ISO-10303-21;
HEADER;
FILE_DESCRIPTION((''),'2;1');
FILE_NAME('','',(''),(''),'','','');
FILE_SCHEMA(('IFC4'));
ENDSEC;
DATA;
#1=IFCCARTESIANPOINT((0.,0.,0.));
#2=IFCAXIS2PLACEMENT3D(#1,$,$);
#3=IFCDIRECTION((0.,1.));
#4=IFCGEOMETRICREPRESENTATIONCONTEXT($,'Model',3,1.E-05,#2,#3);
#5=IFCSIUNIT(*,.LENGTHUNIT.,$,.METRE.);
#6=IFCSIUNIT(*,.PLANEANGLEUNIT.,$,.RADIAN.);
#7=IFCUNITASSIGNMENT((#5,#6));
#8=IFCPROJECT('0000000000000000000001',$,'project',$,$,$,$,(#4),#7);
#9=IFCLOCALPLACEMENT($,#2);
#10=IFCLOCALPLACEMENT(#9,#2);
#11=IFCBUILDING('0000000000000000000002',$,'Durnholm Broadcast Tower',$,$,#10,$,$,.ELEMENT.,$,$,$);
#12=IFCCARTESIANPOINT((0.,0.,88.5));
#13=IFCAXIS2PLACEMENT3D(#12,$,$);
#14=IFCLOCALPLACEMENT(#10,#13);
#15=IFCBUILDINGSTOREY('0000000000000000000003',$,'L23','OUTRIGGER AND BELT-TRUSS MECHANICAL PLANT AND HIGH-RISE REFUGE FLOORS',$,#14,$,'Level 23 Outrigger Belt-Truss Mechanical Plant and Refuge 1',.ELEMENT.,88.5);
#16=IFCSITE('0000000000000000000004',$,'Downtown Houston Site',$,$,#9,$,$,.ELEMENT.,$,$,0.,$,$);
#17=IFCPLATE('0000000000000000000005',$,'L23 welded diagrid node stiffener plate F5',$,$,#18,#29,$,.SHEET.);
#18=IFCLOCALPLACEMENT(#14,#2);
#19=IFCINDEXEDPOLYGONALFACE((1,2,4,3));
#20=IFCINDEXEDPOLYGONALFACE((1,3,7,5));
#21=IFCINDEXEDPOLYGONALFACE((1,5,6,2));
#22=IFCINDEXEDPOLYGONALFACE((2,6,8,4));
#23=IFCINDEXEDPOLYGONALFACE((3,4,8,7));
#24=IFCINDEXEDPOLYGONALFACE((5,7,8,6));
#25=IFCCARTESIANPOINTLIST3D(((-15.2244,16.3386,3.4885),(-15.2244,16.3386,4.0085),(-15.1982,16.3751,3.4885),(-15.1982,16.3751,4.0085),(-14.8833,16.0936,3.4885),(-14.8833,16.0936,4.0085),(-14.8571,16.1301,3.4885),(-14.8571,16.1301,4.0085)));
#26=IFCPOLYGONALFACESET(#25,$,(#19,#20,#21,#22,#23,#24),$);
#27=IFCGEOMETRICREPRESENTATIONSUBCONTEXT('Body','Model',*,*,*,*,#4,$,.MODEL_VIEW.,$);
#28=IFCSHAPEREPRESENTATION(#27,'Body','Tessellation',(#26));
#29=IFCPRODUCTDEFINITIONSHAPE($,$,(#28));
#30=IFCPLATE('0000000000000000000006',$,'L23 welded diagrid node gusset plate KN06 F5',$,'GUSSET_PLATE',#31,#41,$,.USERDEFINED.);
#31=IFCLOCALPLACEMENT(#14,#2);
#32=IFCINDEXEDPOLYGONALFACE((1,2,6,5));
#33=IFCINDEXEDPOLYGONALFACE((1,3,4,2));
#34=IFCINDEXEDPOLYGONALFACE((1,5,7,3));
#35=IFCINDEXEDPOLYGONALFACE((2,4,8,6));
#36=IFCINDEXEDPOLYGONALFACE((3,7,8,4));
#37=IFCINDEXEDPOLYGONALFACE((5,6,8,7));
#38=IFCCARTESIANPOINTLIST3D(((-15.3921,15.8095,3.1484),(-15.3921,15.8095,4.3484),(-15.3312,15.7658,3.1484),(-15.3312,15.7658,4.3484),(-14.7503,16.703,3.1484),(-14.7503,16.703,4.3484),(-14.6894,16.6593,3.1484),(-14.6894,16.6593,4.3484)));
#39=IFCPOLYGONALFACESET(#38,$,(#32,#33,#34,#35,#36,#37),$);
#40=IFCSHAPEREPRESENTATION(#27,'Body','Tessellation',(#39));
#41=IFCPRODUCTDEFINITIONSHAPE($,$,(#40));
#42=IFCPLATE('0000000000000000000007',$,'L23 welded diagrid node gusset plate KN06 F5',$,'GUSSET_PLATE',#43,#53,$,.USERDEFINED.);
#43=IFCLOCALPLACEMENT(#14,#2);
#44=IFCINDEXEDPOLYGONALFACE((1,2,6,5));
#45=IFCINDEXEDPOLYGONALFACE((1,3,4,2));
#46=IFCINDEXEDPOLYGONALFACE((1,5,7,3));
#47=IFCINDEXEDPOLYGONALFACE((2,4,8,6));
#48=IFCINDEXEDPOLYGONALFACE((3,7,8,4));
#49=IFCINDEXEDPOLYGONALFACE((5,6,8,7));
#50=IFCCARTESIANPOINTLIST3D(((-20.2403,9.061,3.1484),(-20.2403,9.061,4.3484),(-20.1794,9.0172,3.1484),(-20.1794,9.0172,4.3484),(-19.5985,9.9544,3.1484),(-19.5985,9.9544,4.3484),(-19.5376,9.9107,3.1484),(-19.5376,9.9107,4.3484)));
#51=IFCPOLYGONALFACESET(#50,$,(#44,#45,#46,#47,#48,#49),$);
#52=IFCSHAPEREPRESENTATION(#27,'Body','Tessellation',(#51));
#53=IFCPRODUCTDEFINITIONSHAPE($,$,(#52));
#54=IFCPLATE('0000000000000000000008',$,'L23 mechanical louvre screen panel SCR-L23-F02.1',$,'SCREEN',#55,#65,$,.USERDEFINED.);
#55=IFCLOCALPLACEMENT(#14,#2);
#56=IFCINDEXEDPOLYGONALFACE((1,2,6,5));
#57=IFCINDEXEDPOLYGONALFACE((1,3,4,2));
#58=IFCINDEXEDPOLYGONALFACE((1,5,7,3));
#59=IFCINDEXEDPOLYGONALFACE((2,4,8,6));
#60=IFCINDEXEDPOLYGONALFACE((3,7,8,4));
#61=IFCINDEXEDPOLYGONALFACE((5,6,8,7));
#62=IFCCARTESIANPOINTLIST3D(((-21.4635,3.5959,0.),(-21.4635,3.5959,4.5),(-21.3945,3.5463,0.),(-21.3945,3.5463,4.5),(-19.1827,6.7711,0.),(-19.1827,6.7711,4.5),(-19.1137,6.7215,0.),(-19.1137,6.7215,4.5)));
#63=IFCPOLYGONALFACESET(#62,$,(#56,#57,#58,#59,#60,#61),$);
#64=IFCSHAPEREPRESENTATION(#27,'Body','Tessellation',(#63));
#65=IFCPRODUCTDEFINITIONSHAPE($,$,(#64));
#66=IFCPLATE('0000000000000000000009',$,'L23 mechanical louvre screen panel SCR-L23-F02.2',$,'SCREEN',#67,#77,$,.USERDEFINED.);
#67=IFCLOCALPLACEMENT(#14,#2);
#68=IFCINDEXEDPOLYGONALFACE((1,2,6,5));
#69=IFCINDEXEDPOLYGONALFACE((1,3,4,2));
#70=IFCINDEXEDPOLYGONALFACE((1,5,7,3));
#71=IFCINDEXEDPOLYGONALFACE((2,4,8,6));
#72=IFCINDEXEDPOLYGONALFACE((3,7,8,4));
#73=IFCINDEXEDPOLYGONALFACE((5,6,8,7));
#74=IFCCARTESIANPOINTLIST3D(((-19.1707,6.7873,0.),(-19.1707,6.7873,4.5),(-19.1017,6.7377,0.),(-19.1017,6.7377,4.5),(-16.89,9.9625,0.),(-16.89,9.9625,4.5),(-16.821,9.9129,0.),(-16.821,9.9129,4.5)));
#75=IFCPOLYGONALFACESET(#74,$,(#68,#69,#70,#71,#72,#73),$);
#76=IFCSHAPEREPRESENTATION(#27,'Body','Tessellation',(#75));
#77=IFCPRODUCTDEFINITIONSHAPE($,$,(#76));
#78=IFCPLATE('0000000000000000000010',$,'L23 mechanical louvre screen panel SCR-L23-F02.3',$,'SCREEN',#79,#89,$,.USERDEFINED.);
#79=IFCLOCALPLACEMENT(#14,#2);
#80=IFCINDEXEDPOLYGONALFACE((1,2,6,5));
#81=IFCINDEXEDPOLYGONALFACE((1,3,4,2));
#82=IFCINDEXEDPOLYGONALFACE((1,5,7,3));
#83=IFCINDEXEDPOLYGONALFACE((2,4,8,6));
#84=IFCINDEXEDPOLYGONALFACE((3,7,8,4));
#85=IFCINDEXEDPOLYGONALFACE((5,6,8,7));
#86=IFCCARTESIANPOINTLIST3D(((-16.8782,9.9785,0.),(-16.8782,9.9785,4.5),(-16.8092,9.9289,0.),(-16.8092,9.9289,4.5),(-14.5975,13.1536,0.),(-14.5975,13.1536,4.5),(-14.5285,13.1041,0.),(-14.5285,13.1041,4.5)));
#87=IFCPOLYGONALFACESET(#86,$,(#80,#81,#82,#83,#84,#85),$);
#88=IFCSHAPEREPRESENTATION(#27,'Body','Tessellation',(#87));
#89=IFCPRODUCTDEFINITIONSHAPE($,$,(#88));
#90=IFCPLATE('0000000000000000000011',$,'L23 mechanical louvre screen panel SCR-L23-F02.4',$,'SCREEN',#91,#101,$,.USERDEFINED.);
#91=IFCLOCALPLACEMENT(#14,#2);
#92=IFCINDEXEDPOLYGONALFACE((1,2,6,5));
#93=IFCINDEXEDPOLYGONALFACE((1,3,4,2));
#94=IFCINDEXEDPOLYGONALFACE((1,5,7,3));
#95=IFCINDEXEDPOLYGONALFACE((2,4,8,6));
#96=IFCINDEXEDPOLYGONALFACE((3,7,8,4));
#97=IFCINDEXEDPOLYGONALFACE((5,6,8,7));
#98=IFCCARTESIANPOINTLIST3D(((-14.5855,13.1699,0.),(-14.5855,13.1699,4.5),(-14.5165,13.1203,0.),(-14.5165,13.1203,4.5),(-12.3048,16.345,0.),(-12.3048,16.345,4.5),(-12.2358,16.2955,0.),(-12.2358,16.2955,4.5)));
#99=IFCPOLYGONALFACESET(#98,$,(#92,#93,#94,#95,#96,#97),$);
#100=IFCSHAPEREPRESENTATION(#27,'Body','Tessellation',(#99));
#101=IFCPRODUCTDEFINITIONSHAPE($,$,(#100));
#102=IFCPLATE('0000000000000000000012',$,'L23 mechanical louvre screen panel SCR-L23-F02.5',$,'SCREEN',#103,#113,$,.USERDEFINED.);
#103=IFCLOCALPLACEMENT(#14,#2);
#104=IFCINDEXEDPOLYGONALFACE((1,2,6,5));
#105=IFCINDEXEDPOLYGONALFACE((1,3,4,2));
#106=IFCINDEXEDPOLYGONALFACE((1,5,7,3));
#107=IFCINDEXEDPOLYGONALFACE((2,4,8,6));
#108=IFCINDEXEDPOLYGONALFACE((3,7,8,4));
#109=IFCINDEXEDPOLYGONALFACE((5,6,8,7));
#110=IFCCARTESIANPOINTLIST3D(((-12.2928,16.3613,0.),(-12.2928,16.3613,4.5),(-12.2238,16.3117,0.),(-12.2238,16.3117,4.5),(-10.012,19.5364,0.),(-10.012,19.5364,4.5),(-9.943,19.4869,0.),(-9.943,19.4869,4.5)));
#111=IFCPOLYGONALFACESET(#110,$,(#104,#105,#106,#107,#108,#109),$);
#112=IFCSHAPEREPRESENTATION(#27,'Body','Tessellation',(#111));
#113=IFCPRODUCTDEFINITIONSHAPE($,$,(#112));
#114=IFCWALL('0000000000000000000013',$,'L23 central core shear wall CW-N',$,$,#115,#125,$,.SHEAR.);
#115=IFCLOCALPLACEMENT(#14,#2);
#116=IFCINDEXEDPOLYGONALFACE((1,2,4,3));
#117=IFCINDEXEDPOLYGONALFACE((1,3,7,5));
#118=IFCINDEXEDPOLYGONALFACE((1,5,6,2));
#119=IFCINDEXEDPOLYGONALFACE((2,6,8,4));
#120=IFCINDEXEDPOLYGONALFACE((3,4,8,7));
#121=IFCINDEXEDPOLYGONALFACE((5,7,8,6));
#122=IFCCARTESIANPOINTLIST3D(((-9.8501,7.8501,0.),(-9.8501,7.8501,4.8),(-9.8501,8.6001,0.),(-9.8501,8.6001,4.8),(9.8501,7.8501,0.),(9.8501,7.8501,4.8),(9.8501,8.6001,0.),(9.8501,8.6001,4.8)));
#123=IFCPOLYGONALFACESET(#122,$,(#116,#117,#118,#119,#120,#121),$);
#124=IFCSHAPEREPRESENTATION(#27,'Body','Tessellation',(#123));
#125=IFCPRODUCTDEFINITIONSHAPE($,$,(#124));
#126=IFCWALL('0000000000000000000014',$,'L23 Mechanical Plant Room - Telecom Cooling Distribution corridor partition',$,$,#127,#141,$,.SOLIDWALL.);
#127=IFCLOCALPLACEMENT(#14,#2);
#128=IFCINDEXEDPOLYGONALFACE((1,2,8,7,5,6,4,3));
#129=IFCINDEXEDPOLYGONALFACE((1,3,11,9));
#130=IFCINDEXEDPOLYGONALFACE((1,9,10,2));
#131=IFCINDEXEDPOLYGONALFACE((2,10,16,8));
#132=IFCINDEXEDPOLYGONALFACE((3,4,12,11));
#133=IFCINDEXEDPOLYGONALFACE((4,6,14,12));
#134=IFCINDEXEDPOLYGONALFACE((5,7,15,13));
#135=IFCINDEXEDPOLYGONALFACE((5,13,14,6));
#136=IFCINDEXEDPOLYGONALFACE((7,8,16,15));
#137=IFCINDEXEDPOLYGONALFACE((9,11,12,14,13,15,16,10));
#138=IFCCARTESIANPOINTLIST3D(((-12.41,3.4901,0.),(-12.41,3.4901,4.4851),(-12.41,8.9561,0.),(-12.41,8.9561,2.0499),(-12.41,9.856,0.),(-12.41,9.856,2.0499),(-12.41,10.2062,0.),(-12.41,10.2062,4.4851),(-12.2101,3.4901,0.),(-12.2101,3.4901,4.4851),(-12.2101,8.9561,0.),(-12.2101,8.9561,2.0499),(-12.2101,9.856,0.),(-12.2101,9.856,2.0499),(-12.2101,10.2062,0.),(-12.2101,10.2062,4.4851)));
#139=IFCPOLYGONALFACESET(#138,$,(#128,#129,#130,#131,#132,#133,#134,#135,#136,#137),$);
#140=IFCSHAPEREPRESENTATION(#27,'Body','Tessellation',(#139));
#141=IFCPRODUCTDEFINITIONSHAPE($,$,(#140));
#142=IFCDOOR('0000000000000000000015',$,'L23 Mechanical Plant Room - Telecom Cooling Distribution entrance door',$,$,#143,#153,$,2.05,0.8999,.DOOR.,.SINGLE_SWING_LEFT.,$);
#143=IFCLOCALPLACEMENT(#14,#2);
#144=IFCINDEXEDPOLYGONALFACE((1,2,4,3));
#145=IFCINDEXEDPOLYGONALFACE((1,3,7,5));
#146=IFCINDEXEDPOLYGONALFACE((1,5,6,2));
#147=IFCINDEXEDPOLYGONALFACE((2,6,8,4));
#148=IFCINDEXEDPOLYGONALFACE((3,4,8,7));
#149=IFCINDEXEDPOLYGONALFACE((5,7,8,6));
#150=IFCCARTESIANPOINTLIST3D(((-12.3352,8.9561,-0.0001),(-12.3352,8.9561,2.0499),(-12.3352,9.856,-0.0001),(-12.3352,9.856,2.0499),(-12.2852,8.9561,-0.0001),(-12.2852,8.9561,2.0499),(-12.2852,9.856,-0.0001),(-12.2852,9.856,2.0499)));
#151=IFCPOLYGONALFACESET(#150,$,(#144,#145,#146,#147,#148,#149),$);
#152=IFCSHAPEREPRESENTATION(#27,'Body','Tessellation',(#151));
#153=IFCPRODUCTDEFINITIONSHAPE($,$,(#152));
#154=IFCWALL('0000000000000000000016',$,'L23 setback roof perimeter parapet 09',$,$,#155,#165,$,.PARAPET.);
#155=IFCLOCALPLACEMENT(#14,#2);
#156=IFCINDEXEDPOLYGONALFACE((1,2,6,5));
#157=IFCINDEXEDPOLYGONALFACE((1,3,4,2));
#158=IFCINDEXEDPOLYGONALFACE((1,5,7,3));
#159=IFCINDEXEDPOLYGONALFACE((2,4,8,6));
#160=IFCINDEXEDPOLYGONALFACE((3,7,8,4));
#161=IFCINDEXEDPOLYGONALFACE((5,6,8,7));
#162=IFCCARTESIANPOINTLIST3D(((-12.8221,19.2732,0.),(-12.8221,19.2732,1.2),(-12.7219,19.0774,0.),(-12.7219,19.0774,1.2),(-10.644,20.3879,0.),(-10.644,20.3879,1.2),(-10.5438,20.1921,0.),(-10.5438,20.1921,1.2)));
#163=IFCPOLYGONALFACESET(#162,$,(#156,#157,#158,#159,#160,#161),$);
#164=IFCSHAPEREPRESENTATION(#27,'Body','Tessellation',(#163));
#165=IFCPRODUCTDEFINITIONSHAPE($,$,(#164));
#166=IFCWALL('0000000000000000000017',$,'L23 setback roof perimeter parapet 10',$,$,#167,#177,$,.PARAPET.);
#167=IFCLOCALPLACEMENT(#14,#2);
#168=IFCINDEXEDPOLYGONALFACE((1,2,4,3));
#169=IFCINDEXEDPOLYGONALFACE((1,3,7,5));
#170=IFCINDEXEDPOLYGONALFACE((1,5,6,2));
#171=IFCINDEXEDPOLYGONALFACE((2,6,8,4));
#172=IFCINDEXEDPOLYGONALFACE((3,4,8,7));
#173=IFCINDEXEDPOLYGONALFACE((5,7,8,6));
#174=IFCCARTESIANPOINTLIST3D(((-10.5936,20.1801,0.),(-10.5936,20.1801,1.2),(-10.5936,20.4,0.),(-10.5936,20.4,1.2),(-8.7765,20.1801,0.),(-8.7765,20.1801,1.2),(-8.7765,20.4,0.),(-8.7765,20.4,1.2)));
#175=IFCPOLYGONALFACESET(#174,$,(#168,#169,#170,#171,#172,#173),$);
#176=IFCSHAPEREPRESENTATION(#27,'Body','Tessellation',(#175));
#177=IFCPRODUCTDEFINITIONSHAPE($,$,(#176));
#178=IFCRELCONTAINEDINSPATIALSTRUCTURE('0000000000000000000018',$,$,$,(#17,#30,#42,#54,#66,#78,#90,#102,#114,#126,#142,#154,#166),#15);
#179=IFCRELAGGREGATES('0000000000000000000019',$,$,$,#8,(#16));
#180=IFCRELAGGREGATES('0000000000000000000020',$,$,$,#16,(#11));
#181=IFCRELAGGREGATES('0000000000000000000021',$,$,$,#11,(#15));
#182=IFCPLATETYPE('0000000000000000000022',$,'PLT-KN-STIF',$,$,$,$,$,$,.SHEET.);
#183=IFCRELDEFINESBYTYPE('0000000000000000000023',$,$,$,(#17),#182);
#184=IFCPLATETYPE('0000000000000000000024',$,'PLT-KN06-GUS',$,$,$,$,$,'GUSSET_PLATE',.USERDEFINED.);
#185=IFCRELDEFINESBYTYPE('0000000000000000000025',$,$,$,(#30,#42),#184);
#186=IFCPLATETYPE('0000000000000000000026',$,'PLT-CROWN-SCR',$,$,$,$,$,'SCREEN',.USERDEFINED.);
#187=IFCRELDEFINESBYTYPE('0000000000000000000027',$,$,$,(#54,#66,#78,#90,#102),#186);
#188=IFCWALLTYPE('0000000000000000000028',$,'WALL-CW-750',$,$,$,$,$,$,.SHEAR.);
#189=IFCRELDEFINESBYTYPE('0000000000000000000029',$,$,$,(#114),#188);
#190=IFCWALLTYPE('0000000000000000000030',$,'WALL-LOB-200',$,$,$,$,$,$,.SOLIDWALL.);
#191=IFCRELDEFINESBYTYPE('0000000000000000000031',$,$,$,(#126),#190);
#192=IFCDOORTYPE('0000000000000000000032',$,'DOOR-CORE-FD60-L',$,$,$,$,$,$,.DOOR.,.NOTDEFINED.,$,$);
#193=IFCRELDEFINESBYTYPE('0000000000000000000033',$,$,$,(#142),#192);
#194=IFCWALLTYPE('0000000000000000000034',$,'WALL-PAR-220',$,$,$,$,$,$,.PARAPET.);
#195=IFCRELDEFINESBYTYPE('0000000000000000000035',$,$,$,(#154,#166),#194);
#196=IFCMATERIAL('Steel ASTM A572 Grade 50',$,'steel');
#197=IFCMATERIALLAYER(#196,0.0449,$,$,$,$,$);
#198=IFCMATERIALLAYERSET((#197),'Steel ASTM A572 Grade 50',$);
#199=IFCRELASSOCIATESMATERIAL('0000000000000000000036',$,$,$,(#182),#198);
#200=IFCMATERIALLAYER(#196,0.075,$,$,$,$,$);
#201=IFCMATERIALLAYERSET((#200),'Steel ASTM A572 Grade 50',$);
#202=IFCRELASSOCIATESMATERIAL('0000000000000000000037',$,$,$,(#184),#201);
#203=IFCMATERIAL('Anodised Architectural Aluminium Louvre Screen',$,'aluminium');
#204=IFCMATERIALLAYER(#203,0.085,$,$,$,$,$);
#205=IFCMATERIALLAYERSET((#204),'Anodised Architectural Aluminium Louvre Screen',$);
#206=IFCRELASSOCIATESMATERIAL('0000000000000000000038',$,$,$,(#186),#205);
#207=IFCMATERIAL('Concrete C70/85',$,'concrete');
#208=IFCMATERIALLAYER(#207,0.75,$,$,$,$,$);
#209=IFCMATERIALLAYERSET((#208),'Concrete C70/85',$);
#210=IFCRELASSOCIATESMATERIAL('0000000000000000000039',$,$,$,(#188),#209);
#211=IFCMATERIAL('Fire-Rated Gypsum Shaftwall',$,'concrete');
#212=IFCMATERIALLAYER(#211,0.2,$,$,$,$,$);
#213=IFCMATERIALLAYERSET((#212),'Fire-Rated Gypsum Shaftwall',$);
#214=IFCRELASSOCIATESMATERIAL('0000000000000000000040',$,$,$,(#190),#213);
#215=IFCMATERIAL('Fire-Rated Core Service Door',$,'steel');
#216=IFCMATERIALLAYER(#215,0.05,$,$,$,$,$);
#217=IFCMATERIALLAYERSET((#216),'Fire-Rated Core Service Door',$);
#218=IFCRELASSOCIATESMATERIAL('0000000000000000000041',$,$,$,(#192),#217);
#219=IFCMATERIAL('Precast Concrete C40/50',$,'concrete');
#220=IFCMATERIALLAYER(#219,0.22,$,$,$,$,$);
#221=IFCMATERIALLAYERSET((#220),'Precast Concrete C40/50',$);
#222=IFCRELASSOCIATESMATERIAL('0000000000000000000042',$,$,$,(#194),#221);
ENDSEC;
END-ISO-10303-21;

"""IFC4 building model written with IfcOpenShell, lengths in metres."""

from ifc_helpers import new_model, si_unit, direction, frame, frame_2d, origin, origin_2d, place, context, subcontext, project, spatial, rectangle, extrude, source, transform, mapped, material, layer, layer_set, type_object, type_shapes, element, fill, save


model = new_model("IFC4")

# Units and contexts
model_context = context("Model", 3, precision=1e-05, world=origin(), true_north=direction((0.0, 1.0)))
body_context = subcontext(model_context, "Body", "Model", "MODEL_VIEW")
ifc_project = project(units=[si_unit("LENGTHUNIT", "METRE"), si_unit("PLANEANGLEUNIT", "RADIAN")], contexts=[model_context])

# Site, building, storey
site_placement = place(None, origin())
site = spatial("IfcSite", under=ifc_project, at=site_placement, Name="Downtown Houston Site", CompositionType="ELEMENT", RefElevation=0.0)
building_placement = place(site_placement, origin())
building = spatial("IfcBuilding", under=site, at=building_placement, Name="Durnholm Broadcast Tower", CompositionType="ELEMENT")
storey_placement = place(building_placement, frame((0.0, 0.0, 88.5)))
storey = spatial("IfcBuildingStorey", under=building, at=storey_placement, Name="L23", Description="OUTRIGGER AND BELT-TRUSS MECHANICAL PLANT AND HIGH-RISE REFUGE FLOORS", LongName="Level 23 Outrigger Belt-Truss Mechanical Plant and Refuge 1", CompositionType="ELEMENT", Elevation=88.5)

# Plates
ifc_material_1 = material(Name="Steel ASTM A572 Grade 50", Category="steel")
ifc_layer_1 = layer(ifc_material_1, 0.0449)
ifc_layer_set_1 = layer_set([ifc_layer_1], Name="Steel ASTM A572 Grade 50")
plate_type_1 = type_object("IfcPlateType", Name="PLT-KN-STIF", PredefinedType="SHEET", material=ifc_layer_set_1)
shared_shape_1 = source(origin(), body_context, "Body", "SweptSolid", [
    extrude(rectangle(XDim=0.0449, YDim=0.4199, at=origin_2d()), origin(), (0.0, 0.0, 1.0), 0.52),
])
type_shapes(plate_type_1, [shared_shape_1])
plate_1_placement = place(storey_placement, frame((-15.0408, 16.2344, 3.4885), z_axis=(0.0, 0.0, 1.0), x_axis=(-0.583399, -0.812185, 0.0)))
element("IfcPlate", 1, at=plate_1_placement, inside=storey, type_object=plate_type_1, Name="L23 welded diagrid node stiffener plate F5", PredefinedType="SHEET", context=body_context, shape_type="MappedRepresentation", body=[
    mapped(shared_shape_1, transform((0.0, 0.0, 0.0), x_axis=(1.0, 0.0, 0.0), y_axis=(0.0, 1.0, 0.0), z_axis=(0.0, 0.0, 1.0), scale=1.0)),
])
ifc_layer_2 = layer(ifc_material_1, 0.075)
ifc_layer_set_2 = layer_set([ifc_layer_2], Name="Steel ASTM A572 Grade 50")
plate_type_2 = type_object("IfcPlateType", Name="PLT-KN06-GUS", ElementType="GUSSET_PLATE", PredefinedType="USERDEFINED", material=ifc_layer_set_2)
shared_shape_2 = source(origin(), body_context, "Body", "SweptSolid", [
    extrude(rectangle(XDim=1.1001, YDim=0.075, at=origin_2d()), origin(), (0.0, 0.0, 1.0), 1.2),
])
type_shapes(plate_type_2, [shared_shape_2])
for number, where, z_axis, x_axis, name in (
    (2, (-15.0408, 16.2344, 3.1484), (0.0, 0.0, 1.0), (-0.583399, -0.812185, 0.0), "L23 welded diagrid node gusset plate KN06 F5"),
    (3, (-19.8889, 9.4858, 3.1484), (0.0, 0.0, 1.0), (-0.583399, -0.812185, 0.0), "L23 welded diagrid node gusset plate KN06 F5"),
):
    element("IfcPlate", number, at=place(storey_placement, frame(where, z_axis=z_axis, x_axis=x_axis)), inside=storey, type_object=plate_type_2, Name=name, ObjectType="GUSSET_PLATE", PredefinedType="USERDEFINED", context=body_context, shape_type="MappedRepresentation", body=[
        mapped(shared_shape_2, transform((0.0, 0.0, 0.0), x_axis=(1.0, 0.0, 0.0), y_axis=(0.0, 1.0, 0.0), z_axis=(0.0, 0.0, 1.0), scale=1.0)),
    ])
ifc_material_2 = material(Name="Anodised Architectural Aluminium Louvre Screen", Category="aluminium")
ifc_layer_3 = layer(ifc_material_2, 0.085)
ifc_layer_set_3 = layer_set([ifc_layer_3], Name="Anodised Architectural Aluminium Louvre Screen")
plate_type_3 = type_object("IfcPlateType", Name="PLT-CROWN-SCR", ElementType="SCREEN", PredefinedType="USERDEFINED", material=ifc_layer_set_3)
shared_shape_3 = source(origin(), body_context, "Body", "SweptSolid", [
    extrude(rectangle(XDim=3.9094, YDim=0.085, at=origin_2d()), origin(), (0.0, 0.0, 1.0), 4.5),
])
type_shapes(plate_type_3, [shared_shape_3])
for number, where, z_axis, x_axis, name in (
    (4, (-20.2886, 5.1587, 0.0), (0.0, 0.0, 1.0), (0.583399, 0.812185, 0.0), "L23 mechanical louvre screen panel SCR-L23-F02.1"),
    (5, (-17.9958, 8.3501, 0.0), (0.0, 0.0, 1.0), (0.583399, 0.812185, 0.0), "L23 mechanical louvre screen panel SCR-L23-F02.2"),
    (6, (-15.7034, 11.5413, 0.0), (0.0, 0.0, 1.0), (0.583399, 0.812185, 0.0), "L23 mechanical louvre screen panel SCR-L23-F02.3"),
    (7, (-13.4106, 14.7327, 0.0), (0.0, 0.0, 1.0), (0.583399, 0.812185, 0.0), "L23 mechanical louvre screen panel SCR-L23-F02.4"),
    (8, (-11.1179, 17.9241, 0.0), (0.0, 0.0, 1.0), (0.583399, 0.812185, 0.0), "L23 mechanical louvre screen panel SCR-L23-F02.5"),
):
    element("IfcPlate", number, at=place(storey_placement, frame(where, z_axis=z_axis, x_axis=x_axis)), inside=storey, type_object=plate_type_3, Name=name, ObjectType="SCREEN", PredefinedType="USERDEFINED", context=body_context, shape_type="MappedRepresentation", body=[
        mapped(shared_shape_3, transform((0.0, 0.0, 0.0), x_axis=(1.0, 0.0, 0.0), y_axis=(0.0, 1.0, 0.0), z_axis=(0.0, 0.0, 1.0), scale=1.0)),
    ])

# Wall
ifc_material_3 = material(Name="Concrete C70/85", Category="concrete")
ifc_layer_4 = layer(ifc_material_3, 0.75)
ifc_layer_set_4 = layer_set([ifc_layer_4], Name="Concrete C70/85")
wall_type_1 = type_object("IfcWallType", Name="WALL-CW-750", PredefinedType="SHEAR", material=ifc_layer_set_4)
wall_1_placement = place(storey_placement, frame((-9.8501, 8.2251, 0.0), z_axis=(0.0, 0.0, 1.0), x_axis=(1.0, 0.0, 0.0)))
element("IfcWall", 9, at=wall_1_placement, inside=storey, type_object=wall_type_1, Name="L23 central core shear wall CW-N", PredefinedType="SHEAR", context=body_context, shape_type="SweptSolid", body=[
    extrude(rectangle(XDim=19.7002, YDim=0.75, at=frame_2d((9.8501, 0.0))), origin(), (0.0, 0.0, 1.0), 4.8),
])

# Wall, opening, door
ifc_material_4 = material(Name="Fire-Rated Gypsum Shaftwall", Category="concrete")
ifc_layer_5 = layer(ifc_material_4, 0.2)
ifc_layer_set_5 = layer_set([ifc_layer_5], Name="Fire-Rated Gypsum Shaftwall")
wall_type_2 = type_object("IfcWallType", Name="WALL-LOB-200", PredefinedType="SOLIDWALL", material=ifc_layer_set_5)
wall_2_placement = place(storey_placement, frame((-12.3101, 10.2061, 0.0), z_axis=(0.0, 0.0, 1.0), x_axis=(0.0, -1.0, 0.0)))
wall_2 = element("IfcWall", 10, at=wall_2_placement, inside=storey, type_object=wall_type_2, Name="L23 Mechanical Plant Room - Telecom Cooling Distribution corridor partition", PredefinedType="SOLIDWALL", context=body_context, shape_type="SweptSolid", body=[
    extrude(rectangle(XDim=6.7161, YDim=0.2, at=frame_2d((3.3579, 0.0))), origin(), (0.0, 0.0, 1.0), 4.4851),
])
opening_placement = place(wall_2_placement, frame((0.3501, 0.0, 0.0)))
opening = element("IfcOpeningElement", 11, at=opening_placement, cuts=wall_2, PredefinedType="OPENING", context=body_context, shape_type="SweptSolid", body=[
    extrude(rectangle(XDim=0.8999, YDim=2.05, at=frame_2d((0.45, 1.0249))), frame((0.0, 0.1099, 0.0), z_axis=(0.0, -1.0, 0.0), x_axis=(1.0, 0.0, 0.0)), (0.0, 0.0, 1.0), 0.22),
])
ifc_material_5 = material(Name="Fire-Rated Core Service Door", Category="steel")
ifc_layer_6 = layer(ifc_material_5, 0.05)
ifc_layer_set_6 = layer_set([ifc_layer_6], Name="Fire-Rated Core Service Door")
door_type = type_object("IfcDoorType", Name="DOOR-CORE-FD60-L", OperationType="NOTDEFINED", PredefinedType="DOOR", material=ifc_layer_set_6)
shared_shape_4 = source(origin(), body_context, "Body", "SweptSolid", [
    extrude(rectangle(XDim=0.8999, YDim=2.05, at=frame_2d((0.45, 1.0249))), frame((0.0, 0.0249, 0.0), z_axis=(0.0, -1.0, 0.0), x_axis=(1.0, 0.0, 0.0)), (0.0, 0.0, 1.0), 0.05),
])
type_shapes(door_type, [shared_shape_4])
door_placement = place(opening_placement, origin())
door = element("IfcDoor", 12, at=door_placement, inside=storey, type_object=door_type, Name="L23 Mechanical Plant Room - Telecom Cooling Distribution entrance door", OperationType="SINGLE_SWING_LEFT", OverallHeight=2.05, OverallWidth=0.8999, PredefinedType="DOOR", context=body_context, shape_type="MappedRepresentation", body=[
    mapped(shared_shape_4, transform((0.0, 0.0, 0.0), x_axis=(1.0, 0.0, 0.0), y_axis=(0.0, 1.0, 0.0), z_axis=(0.0, 0.0, 1.0), scale=1.0)),
])
fill(opening, door)

# Walls
ifc_material_6 = material(Name="Precast Concrete C40/50", Category="concrete")
ifc_layer_7 = layer(ifc_material_6, 0.22)
ifc_layer_set_7 = layer_set([ifc_layer_7], Name="Precast Concrete C40/50")
wall_type_3 = type_object("IfcWallType", Name="WALL-PAR-220", PredefinedType="PARAPET", material=ifc_layer_set_7)
wall_3_placement = place(storey_placement, frame((-12.772, 19.1753, 0.0), z_axis=(0.0, 0.0, 1.0), x_axis=(0.890197, 0.455575, 0.0)))
element("IfcWall", 13, at=wall_3_placement, inside=storey, type_object=wall_type_3, Name="L23 setback roof perimeter parapet 09", PredefinedType="PARAPET", context=body_context, shape_type="SweptSolid", body=[
    extrude(rectangle(XDim=2.4468, YDim=0.22, at=frame_2d((1.2234, 0.0))), origin(), (0.0, 0.0, 1.0), 1.2),
])
wall_4_placement = place(storey_placement, frame((-10.5938, 20.29, 0.0), z_axis=(0.0, 0.0, 1.0), x_axis=(1.0, 0.0, 0.0)))
element("IfcWall", 14, at=wall_4_placement, inside=storey, type_object=wall_type_3, Name="L23 setback roof perimeter parapet 10", PredefinedType="PARAPET", context=body_context, shape_type="SweptSolid", body=[
    extrude(rectangle(XDim=1.8171, YDim=0.22, at=frame_2d((0.9087, 0.0))), origin(), (0.0, 0.0, 1.0), 1.2),
])

save(model, "model.ifc")
